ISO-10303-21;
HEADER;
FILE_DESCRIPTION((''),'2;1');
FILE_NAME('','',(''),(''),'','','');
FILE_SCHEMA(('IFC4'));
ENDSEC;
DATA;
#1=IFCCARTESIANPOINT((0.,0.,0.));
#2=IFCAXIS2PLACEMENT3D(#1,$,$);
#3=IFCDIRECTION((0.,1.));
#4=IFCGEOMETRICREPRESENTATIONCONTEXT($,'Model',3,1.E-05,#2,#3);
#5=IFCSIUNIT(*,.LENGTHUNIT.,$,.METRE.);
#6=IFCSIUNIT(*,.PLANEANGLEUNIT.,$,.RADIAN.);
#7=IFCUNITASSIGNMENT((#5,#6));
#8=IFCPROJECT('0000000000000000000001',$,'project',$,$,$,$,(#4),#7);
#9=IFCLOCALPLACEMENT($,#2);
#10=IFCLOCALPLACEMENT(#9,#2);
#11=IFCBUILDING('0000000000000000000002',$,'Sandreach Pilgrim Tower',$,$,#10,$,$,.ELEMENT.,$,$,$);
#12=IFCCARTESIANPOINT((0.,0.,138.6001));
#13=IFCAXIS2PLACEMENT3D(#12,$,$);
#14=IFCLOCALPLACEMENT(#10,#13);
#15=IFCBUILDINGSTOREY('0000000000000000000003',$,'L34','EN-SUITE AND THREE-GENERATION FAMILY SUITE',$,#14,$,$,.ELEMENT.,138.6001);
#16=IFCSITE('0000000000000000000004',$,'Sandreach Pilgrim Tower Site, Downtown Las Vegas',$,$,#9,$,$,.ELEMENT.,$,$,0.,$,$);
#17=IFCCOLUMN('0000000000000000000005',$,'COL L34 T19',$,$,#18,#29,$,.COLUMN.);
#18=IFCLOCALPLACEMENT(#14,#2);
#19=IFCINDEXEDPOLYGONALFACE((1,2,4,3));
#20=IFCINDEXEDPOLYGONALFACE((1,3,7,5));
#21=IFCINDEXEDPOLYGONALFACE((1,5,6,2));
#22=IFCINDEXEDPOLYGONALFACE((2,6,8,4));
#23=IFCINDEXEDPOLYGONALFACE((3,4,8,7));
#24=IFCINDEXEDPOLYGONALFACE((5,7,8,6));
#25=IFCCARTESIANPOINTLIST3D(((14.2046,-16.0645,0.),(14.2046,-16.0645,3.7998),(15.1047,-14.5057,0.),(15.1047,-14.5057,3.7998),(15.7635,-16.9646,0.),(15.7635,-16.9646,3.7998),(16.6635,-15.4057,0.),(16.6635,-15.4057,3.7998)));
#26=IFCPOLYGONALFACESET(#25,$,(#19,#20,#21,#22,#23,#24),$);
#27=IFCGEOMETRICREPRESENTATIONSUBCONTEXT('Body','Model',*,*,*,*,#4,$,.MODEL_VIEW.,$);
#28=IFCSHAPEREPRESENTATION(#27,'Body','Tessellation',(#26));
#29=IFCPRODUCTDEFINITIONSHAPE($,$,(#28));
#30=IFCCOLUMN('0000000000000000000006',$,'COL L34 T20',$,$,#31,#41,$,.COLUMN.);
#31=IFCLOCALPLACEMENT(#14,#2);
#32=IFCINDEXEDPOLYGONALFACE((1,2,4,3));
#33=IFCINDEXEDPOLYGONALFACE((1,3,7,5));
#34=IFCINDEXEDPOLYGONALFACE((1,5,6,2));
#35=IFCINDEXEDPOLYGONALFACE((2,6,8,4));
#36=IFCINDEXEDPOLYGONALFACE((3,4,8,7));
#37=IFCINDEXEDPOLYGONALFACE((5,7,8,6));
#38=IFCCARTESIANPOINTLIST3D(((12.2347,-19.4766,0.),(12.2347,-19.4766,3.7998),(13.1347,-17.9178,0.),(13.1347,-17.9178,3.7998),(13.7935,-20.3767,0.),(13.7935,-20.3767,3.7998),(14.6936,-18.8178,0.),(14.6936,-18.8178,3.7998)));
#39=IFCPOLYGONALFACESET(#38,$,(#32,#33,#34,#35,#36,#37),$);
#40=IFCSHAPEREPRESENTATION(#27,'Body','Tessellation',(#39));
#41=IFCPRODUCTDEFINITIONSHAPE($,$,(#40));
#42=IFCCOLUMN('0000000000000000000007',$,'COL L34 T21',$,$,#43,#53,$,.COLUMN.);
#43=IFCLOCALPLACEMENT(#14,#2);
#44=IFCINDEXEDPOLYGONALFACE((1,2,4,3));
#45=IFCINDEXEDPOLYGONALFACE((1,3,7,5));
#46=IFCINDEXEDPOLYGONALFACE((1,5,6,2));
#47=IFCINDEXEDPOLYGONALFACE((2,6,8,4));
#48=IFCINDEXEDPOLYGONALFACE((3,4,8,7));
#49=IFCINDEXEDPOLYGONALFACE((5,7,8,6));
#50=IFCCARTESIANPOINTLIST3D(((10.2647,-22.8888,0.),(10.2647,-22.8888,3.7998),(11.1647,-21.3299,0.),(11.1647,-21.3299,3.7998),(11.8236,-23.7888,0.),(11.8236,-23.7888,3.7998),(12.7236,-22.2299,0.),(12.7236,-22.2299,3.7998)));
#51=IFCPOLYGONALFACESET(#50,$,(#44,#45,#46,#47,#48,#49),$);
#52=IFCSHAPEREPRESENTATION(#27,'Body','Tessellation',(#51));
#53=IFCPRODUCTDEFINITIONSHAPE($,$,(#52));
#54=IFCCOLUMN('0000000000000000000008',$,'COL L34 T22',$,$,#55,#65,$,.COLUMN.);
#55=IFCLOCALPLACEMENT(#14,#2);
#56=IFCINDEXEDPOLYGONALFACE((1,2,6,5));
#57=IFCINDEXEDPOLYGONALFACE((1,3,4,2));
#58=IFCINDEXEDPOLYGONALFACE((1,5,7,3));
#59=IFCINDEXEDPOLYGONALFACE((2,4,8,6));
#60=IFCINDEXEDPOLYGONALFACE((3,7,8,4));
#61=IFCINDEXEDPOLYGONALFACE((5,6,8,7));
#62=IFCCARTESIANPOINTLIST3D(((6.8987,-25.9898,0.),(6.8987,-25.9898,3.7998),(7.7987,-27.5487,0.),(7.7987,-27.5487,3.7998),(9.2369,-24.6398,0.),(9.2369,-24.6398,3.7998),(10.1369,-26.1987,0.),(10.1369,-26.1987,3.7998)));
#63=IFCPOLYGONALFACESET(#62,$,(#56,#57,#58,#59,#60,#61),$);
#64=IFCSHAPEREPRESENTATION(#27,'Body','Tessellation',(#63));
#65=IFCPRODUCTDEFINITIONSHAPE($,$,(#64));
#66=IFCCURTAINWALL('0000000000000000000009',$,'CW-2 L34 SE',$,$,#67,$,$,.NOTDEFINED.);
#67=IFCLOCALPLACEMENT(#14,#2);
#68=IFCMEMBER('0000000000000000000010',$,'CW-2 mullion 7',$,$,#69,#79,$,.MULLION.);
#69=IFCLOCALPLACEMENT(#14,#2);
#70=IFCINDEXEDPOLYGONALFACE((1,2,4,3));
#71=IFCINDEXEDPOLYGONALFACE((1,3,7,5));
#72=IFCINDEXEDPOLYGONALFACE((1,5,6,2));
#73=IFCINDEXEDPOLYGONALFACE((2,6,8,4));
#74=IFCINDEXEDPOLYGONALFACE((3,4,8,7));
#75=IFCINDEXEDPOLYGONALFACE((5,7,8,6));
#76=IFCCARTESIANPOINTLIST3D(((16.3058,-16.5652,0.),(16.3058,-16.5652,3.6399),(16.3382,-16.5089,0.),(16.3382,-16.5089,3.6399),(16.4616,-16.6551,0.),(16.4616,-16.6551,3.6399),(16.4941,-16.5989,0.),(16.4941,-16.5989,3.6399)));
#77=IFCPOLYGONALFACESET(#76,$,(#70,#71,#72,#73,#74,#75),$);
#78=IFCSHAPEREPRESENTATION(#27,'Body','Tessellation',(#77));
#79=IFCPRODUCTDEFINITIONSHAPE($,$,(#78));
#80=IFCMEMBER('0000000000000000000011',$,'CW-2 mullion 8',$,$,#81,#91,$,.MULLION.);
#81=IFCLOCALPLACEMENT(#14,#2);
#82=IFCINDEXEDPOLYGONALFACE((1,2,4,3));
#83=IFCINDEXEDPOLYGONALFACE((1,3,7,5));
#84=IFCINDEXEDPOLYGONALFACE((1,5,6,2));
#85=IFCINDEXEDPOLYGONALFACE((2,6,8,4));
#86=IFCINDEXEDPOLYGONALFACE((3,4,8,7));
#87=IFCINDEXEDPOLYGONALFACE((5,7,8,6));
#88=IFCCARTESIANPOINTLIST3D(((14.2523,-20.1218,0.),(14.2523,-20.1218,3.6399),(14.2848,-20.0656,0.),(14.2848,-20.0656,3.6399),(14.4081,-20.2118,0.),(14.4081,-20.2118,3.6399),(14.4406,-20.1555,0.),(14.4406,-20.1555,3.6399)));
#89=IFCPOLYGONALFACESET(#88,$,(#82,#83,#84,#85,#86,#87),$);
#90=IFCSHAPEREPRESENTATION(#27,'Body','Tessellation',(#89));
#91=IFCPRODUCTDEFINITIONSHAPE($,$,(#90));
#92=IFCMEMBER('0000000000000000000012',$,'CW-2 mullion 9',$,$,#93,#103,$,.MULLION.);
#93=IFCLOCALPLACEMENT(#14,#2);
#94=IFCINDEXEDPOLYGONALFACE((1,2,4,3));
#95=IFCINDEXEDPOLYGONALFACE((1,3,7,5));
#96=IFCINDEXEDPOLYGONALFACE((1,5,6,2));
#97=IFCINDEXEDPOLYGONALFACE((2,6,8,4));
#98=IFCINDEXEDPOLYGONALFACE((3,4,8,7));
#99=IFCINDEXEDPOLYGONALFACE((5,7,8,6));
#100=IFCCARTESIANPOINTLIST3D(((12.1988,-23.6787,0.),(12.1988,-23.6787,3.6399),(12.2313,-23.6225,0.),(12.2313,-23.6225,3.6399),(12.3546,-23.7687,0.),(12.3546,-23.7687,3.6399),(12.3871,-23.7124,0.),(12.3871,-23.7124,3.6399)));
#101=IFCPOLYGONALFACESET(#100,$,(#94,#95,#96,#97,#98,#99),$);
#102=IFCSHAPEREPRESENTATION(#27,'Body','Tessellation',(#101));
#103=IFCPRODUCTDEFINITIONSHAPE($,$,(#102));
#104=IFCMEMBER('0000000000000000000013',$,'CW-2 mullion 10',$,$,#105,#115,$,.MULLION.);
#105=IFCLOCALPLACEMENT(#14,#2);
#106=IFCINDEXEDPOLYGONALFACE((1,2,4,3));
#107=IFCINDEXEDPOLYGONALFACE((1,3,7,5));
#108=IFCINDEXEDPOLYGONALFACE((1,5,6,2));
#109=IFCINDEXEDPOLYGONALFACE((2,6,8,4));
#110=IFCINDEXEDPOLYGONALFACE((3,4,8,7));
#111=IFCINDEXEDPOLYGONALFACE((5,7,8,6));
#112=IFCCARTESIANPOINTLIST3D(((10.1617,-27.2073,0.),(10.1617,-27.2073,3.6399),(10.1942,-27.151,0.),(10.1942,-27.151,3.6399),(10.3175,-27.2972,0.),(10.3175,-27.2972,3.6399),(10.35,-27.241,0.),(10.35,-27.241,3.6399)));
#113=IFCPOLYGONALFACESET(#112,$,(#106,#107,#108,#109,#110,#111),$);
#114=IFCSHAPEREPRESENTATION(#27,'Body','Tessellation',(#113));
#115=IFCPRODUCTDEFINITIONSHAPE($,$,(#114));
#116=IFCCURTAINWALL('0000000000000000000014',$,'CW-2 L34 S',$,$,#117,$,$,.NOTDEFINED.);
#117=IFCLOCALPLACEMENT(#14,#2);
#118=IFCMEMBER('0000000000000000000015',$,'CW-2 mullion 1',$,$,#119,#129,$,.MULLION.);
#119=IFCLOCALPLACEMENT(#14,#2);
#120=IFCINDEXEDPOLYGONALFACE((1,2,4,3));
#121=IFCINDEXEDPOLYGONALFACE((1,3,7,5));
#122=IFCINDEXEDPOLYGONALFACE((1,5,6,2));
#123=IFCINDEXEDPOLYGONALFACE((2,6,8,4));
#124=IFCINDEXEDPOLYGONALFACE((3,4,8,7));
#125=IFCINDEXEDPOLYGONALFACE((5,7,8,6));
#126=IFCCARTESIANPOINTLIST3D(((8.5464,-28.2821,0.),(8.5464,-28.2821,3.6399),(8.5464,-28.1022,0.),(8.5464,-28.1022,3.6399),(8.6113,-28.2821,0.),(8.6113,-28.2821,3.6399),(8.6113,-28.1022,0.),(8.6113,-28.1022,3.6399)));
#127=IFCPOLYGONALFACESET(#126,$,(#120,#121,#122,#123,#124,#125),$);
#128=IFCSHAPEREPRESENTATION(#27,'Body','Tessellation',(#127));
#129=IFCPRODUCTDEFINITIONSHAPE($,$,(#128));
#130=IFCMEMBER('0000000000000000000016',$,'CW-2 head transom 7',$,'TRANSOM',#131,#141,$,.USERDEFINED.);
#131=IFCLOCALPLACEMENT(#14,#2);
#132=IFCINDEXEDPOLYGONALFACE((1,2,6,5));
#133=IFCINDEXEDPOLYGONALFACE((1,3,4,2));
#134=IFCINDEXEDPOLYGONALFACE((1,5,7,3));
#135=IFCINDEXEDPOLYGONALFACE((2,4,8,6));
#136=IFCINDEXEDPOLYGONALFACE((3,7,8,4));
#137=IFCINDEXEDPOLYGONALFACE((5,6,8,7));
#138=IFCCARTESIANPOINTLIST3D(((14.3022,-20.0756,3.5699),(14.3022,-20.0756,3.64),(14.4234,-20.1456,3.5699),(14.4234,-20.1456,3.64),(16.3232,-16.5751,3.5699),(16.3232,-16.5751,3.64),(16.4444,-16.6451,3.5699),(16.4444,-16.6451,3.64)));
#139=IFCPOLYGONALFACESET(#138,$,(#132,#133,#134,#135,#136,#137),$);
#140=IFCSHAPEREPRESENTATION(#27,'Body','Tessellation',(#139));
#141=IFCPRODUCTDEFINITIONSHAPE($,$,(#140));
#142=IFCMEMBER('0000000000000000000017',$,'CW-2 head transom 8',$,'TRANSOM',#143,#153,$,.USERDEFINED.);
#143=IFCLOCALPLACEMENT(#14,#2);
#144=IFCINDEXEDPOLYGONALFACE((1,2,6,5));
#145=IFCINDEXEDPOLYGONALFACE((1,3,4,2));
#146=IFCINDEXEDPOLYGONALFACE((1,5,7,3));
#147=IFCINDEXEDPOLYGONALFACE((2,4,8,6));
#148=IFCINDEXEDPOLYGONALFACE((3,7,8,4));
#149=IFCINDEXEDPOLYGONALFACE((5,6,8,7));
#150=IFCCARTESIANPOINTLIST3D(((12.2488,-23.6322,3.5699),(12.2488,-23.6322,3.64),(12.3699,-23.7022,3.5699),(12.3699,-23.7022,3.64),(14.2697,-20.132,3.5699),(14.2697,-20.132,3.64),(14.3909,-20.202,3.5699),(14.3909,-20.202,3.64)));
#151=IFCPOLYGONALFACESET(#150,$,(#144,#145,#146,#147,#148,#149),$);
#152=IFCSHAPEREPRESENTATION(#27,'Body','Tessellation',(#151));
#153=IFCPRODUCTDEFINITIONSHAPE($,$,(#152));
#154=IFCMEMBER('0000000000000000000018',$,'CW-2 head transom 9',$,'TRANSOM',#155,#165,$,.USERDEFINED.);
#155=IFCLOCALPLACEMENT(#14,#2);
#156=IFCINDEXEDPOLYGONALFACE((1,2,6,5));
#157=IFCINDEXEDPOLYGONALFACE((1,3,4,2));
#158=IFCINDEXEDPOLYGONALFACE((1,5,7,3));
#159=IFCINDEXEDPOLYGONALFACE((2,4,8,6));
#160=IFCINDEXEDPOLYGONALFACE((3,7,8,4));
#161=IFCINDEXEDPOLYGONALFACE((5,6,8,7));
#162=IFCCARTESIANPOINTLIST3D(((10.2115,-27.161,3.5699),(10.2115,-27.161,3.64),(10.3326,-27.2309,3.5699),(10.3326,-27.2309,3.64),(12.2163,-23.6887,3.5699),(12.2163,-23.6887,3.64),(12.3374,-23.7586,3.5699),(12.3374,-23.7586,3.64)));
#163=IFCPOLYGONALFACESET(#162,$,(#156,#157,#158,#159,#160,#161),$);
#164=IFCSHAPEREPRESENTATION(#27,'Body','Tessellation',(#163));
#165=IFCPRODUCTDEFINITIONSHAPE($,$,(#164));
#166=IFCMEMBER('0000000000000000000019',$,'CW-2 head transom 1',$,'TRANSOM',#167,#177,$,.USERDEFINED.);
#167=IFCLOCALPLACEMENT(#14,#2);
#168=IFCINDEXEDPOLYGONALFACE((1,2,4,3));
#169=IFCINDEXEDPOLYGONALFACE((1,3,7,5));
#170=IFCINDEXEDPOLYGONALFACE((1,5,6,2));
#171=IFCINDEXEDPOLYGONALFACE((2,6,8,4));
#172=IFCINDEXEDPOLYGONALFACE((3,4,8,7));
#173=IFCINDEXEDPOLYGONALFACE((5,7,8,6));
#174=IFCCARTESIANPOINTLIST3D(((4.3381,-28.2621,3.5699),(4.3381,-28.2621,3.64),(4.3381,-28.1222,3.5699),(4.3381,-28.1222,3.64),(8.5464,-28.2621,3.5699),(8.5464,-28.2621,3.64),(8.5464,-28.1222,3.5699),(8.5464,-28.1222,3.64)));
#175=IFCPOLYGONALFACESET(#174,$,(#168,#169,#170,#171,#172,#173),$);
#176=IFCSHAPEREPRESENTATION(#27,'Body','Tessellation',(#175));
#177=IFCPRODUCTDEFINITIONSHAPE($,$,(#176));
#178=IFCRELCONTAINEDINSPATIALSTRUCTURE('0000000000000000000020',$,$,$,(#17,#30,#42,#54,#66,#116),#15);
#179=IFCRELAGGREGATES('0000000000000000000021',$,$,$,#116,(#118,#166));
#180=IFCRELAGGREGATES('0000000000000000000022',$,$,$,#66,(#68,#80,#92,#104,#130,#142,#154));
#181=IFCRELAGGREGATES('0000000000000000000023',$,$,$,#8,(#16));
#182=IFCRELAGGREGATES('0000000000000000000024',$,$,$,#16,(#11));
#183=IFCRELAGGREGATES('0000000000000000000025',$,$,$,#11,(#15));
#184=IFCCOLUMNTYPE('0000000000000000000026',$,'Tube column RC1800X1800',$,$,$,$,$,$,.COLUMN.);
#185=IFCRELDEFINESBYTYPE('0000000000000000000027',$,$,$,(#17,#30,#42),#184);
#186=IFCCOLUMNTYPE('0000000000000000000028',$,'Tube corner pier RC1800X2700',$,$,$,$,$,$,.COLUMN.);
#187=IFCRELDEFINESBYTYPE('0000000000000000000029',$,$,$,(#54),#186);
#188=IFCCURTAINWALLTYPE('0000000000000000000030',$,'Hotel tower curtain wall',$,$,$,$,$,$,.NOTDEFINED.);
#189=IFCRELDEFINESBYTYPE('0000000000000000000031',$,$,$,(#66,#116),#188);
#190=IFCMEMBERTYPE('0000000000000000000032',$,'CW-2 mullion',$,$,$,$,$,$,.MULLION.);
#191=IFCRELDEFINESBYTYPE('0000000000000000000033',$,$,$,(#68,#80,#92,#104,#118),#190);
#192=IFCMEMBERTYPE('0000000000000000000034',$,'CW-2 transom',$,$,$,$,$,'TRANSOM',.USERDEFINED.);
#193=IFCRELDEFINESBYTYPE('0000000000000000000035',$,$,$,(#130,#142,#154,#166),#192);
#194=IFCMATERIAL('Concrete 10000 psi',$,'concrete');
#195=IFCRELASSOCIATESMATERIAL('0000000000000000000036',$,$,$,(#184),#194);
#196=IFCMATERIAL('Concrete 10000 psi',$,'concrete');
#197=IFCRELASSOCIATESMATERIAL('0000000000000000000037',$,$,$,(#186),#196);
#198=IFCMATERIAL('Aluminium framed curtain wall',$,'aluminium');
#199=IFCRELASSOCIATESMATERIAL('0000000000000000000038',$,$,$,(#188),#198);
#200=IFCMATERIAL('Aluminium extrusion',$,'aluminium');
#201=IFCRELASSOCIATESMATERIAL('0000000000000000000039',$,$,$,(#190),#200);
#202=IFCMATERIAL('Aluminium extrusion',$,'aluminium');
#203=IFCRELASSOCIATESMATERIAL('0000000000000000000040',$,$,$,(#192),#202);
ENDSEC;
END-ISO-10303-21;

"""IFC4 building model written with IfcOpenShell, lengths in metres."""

from ifc_helpers import new_model, si_unit, direction, frame, origin, origin_2d, place, context, subcontext, project, spatial, rectangle, extrude, material, material_profile, profile_set, type_object, element, aggregate, save


model = new_model("IFC4")

# Units and contexts
model_context = context("Model", 3, precision=1e-05, world=origin(), true_north=direction((0.0, 1.0)))
body_context = subcontext(model_context, "Body", "Model", "MODEL_VIEW")
ifc_project = project(units=[si_unit("LENGTHUNIT", "METRE"), si_unit("PLANEANGLEUNIT", "RADIAN")], contexts=[model_context])

# Site, building, storey
site_placement = place(None, origin())
site = spatial("IfcSite", under=ifc_project, at=site_placement, Name="Sandreach Pilgrim Tower Site, Downtown Las Vegas", CompositionType="ELEMENT", RefElevation=0.0)
building_placement = place(site_placement, origin())
building = spatial("IfcBuilding", under=site, at=building_placement, Name="Sandreach Pilgrim Tower", CompositionType="ELEMENT")
storey_placement = place(building_placement, frame((0.0, 0.0, 138.6001)))
storey = spatial("IfcBuildingStorey", under=building, at=storey_placement, Name="L34", Description="EN-SUITE AND THREE-GENERATION FAMILY SUITE", CompositionType="ELEMENT", Elevation=138.6001)

# Columns
ifc_material_1 = material(Name="Concrete 10000 psi", Category="concrete")
ifc_material_profile_1 = material_profile(ifc_material_1, rectangle(XDim=1.8, YDim=1.8, at=origin_2d()), Name="RC1800X1800")
ifc_profile_set_1 = profile_set([ifc_material_profile_1], Name="Concrete 10000 psi")
column_type_1 = type_object("IfcColumnType", Name="Tube column RC1800X1800", PredefinedType="COLUMN", material=ifc_profile_set_1)
for number, where, z_axis, x_axis, name in (
    (1, (15.4341, -15.7351, 0.0), (0.0, 0.0, 1.0), (0.866025, -0.5, 0.0), "COL L34 T19"),
    (2, (13.4641, -19.1472, 0.0), (0.0, 0.0, 1.0), (0.866025, -0.5, 0.0), "COL L34 T20"),
    (3, (11.4941, -22.5593, 0.0), (0.0, 0.0, 1.0), (0.866025, -0.5, 0.0), "COL L34 T21"),
):
    element("IfcColumn", number, at=place(storey_placement, frame(where, z_axis=z_axis, x_axis=x_axis)), inside=storey, type_object=column_type_1, Name=name, PredefinedType="COLUMN", context=body_context, shape_type="SweptSolid", body=[
        extrude(rectangle(XDim=1.8, YDim=1.8, at=origin_2d()), origin(), (0.0, 0.0, 1.0), 3.7998),
    ])
ifc_material_2 = material(Name="Concrete 10000 psi", Category="concrete")
ifc_material_profile_2 = material_profile(ifc_material_2, rectangle(XDim=1.8, YDim=2.7, at=origin_2d()), Name="RC1800X2700")
ifc_profile_set_2 = profile_set([ifc_material_profile_2], Name="Concrete 10000 psi")
column_type_2 = type_object("IfcColumnType", Name="Tube corner pier RC1800X2700", PredefinedType="COLUMN", material=ifc_profile_set_2)
column_placement = place(storey_placement, frame((8.5178, -26.0942, 0.0), z_axis=(0.0, 0.0, 1.0), x_axis=(0.5, -0.866025, 0.0)))
element("IfcColumn", 4, at=column_placement, inside=storey, type_object=column_type_2, Name="COL L34 T22", PredefinedType="COLUMN", context=body_context, shape_type="SweptSolid", body=[
    extrude(rectangle(XDim=1.8, YDim=2.7, at=origin_2d()), origin(), (0.0, 0.0, 1.0), 3.7998),
])

# Curtain wall, members
ifc_material_3 = material(Name="Aluminium framed curtain wall", Category="aluminium")
curtain_wall_type = type_object("IfcCurtainWallType", Name="Hotel tower curtain wall", PredefinedType="NOTDEFINED", material=ifc_material_3)
curtain_wall_1_placement = place(storey_placement, origin())
curtain_wall_1 = element("IfcCurtainWall", 5, at=curtain_wall_1_placement, inside=storey, type_object=curtain_wall_type, Name="CW-2 L34 SE", PredefinedType="NOTDEFINED")
ifc_material_4 = material(Name="Aluminium extrusion", Category="aluminium")
ifc_material_profile_3 = material_profile(ifc_material_4, rectangle(XDim=0.0649, YDim=0.1799, at=origin_2d()), Name="CW-2M 65X180")
ifc_profile_set_3 = profile_set([ifc_material_profile_3], Name="Aluminium extrusion")
member_type_1 = type_object("IfcMemberType", Name="CW-2 mullion", PredefinedType="MULLION", material=ifc_profile_set_3)
member_1_placement = place(storey_placement, frame((16.3999, -16.582, 0.0), z_axis=(0.0, 0.0, 1.0), x_axis=(-0.5, -0.866025, 0.0)))
member_1 = element("IfcMember", 6, at=member_1_placement, type_object=member_type_1, Name="CW-2 mullion 7", PredefinedType="MULLION", context=body_context, shape_type="SweptSolid", body=[
    extrude(rectangle(XDim=0.0649, YDim=0.1799, at=origin_2d()), origin(), (0.0, 0.0, 1.0), 3.6399),
])
member_2_placement = place(storey_placement, frame((14.3464, -20.1387, 0.0), z_axis=(0.0, 0.0, 1.0), x_axis=(-0.5, -0.866025, 0.0)))
member_2 = element("IfcMember", 7, at=member_2_placement, type_object=member_type_1, Name="CW-2 mullion 8", PredefinedType="MULLION", context=body_context, shape_type="SweptSolid", body=[
    extrude(rectangle(XDim=0.0649, YDim=0.1799, at=origin_2d()), origin(), (0.0, 0.0, 1.0), 3.6399),
])
member_3_placement = place(storey_placement, frame((12.293, -23.6956, 0.0), z_axis=(0.0, 0.0, 1.0), x_axis=(-0.5, -0.866025, 0.0)))
member_3 = element("IfcMember", 8, at=member_3_placement, type_object=member_type_1, Name="CW-2 mullion 9", PredefinedType="MULLION", context=body_context, shape_type="SweptSolid", body=[
    extrude(rectangle(XDim=0.0649, YDim=0.1799, at=origin_2d()), origin(), (0.0, 0.0, 1.0), 3.6399),
])
member_4_placement = place(storey_placement, frame((10.2559, -27.2241, 0.0), z_axis=(0.0, 0.0, 1.0), x_axis=(-0.5, -0.866025, 0.0)))
member_4 = element("IfcMember", 9, at=member_4_placement, type_object=member_type_1, Name="CW-2 mullion 10", PredefinedType="MULLION", context=body_context, shape_type="SweptSolid", body=[
    extrude(rectangle(XDim=0.0649, YDim=0.1799, at=origin_2d()), origin(), (0.0, 0.0, 1.0), 3.6399),
])

# Curtain wall, member
curtain_wall_2_placement = place(storey_placement, origin())
curtain_wall_2 = element("IfcCurtainWall", 10, at=curtain_wall_2_placement, inside=storey, type_object=curtain_wall_type, Name="CW-2 L34 S", PredefinedType="NOTDEFINED")
member_5_placement = place(storey_placement, frame((8.5789, -28.1921, 0.0), z_axis=(0.0, 0.0, 1.0), x_axis=(-1.0, 0.0, 0.0)))
member_5 = element("IfcMember", 11, at=member_5_placement, type_object=member_type_1, Name="CW-2 mullion 1", PredefinedType="MULLION", context=body_context, shape_type="SweptSolid", body=[
    extrude(rectangle(XDim=0.0649, YDim=0.1799, at=origin_2d()), origin(), (0.0, 0.0, 1.0), 3.6399),
])

# Members
ifc_material_5 = material(Name="Aluminium extrusion", Category="aluminium")
ifc_material_profile_4 = material_profile(ifc_material_5, rectangle(XDim=0.1399, YDim=0.0701, at=origin_2d()), Name="CW-2T 140X70")
ifc_profile_set_4 = profile_set([ifc_material_profile_4], Name="Aluminium extrusion")
member_type_2 = type_object("IfcMemberType", Name="CW-2 transom", ElementType="TRANSOM", PredefinedType="USERDEFINED", material=ifc_profile_set_4)
member_6_placement = place(storey_placement, frame((16.3838, -16.6101, 3.605), z_axis=(-0.499998, -0.866027, 0.0), x_axis=(0.866027, -0.499998, 0.0)))
member_6 = element("IfcMember", 12, at=member_6_placement, type_object=member_type_2, Name="CW-2 head transom 7", ObjectType="TRANSOM", PredefinedType="USERDEFINED", context=body_context, shape_type="SweptSolid", body=[
    extrude(rectangle(XDim=0.1399, YDim=0.0701, at=origin_2d()), origin(), (0.0, 0.0, 1.0), 4.042),
])
member_7_placement = place(storey_placement, frame((14.3303, -20.167, 3.605), z_axis=(-0.500024, -0.866012, 0.0), x_axis=(0.866012, -0.500024, 0.0)))
member_7 = element("IfcMember", 13, at=member_7_placement, type_object=member_type_2, Name="CW-2 head transom 8", ObjectType="TRANSOM", PredefinedType="USERDEFINED", context=body_context, shape_type="SweptSolid", body=[
    extrude(rectangle(XDim=0.1399, YDim=0.0701, at=origin_2d()), origin(), (0.0, 0.0, 1.0), 4.0417),
])
member_8_placement = place(storey_placement, frame((12.2769, -23.7236, 3.605), z_axis=(-0.500016, -0.866016, 0.0), x_axis=(0.866016, -0.500016, 0.0)))
member_8 = element("IfcMember", 14, at=member_8_placement, type_object=member_type_2, Name="CW-2 head transom 9", ObjectType="TRANSOM", PredefinedType="USERDEFINED", context=body_context, shape_type="SweptSolid", body=[
    extrude(rectangle(XDim=0.1399, YDim=0.0701, at=origin_2d()), origin(), (0.0, 0.0, 1.0), 4.0095),
])
member_9_placement = place(storey_placement, frame((8.5464, -28.1921, 3.605), z_axis=(-1.0, 0.0, 0.0), x_axis=(0.0, -1.0, 0.0)))
member_9 = element("IfcMember", 15, at=member_9_placement, type_object=member_type_2, Name="CW-2 head transom 1", ObjectType="TRANSOM", PredefinedType="USERDEFINED", context=body_context, shape_type="SweptSolid", body=[
    extrude(rectangle(XDim=0.1399, YDim=0.0701, at=origin_2d()), origin(), (0.0, 0.0, 1.0), 4.2083),
])
aggregate(curtain_wall_2, [member_5, member_9])

aggregate(curtain_wall_1, [member_1, member_2, member_3, member_4, member_6, member_7, member_8])

save(model, "model.ifc")
